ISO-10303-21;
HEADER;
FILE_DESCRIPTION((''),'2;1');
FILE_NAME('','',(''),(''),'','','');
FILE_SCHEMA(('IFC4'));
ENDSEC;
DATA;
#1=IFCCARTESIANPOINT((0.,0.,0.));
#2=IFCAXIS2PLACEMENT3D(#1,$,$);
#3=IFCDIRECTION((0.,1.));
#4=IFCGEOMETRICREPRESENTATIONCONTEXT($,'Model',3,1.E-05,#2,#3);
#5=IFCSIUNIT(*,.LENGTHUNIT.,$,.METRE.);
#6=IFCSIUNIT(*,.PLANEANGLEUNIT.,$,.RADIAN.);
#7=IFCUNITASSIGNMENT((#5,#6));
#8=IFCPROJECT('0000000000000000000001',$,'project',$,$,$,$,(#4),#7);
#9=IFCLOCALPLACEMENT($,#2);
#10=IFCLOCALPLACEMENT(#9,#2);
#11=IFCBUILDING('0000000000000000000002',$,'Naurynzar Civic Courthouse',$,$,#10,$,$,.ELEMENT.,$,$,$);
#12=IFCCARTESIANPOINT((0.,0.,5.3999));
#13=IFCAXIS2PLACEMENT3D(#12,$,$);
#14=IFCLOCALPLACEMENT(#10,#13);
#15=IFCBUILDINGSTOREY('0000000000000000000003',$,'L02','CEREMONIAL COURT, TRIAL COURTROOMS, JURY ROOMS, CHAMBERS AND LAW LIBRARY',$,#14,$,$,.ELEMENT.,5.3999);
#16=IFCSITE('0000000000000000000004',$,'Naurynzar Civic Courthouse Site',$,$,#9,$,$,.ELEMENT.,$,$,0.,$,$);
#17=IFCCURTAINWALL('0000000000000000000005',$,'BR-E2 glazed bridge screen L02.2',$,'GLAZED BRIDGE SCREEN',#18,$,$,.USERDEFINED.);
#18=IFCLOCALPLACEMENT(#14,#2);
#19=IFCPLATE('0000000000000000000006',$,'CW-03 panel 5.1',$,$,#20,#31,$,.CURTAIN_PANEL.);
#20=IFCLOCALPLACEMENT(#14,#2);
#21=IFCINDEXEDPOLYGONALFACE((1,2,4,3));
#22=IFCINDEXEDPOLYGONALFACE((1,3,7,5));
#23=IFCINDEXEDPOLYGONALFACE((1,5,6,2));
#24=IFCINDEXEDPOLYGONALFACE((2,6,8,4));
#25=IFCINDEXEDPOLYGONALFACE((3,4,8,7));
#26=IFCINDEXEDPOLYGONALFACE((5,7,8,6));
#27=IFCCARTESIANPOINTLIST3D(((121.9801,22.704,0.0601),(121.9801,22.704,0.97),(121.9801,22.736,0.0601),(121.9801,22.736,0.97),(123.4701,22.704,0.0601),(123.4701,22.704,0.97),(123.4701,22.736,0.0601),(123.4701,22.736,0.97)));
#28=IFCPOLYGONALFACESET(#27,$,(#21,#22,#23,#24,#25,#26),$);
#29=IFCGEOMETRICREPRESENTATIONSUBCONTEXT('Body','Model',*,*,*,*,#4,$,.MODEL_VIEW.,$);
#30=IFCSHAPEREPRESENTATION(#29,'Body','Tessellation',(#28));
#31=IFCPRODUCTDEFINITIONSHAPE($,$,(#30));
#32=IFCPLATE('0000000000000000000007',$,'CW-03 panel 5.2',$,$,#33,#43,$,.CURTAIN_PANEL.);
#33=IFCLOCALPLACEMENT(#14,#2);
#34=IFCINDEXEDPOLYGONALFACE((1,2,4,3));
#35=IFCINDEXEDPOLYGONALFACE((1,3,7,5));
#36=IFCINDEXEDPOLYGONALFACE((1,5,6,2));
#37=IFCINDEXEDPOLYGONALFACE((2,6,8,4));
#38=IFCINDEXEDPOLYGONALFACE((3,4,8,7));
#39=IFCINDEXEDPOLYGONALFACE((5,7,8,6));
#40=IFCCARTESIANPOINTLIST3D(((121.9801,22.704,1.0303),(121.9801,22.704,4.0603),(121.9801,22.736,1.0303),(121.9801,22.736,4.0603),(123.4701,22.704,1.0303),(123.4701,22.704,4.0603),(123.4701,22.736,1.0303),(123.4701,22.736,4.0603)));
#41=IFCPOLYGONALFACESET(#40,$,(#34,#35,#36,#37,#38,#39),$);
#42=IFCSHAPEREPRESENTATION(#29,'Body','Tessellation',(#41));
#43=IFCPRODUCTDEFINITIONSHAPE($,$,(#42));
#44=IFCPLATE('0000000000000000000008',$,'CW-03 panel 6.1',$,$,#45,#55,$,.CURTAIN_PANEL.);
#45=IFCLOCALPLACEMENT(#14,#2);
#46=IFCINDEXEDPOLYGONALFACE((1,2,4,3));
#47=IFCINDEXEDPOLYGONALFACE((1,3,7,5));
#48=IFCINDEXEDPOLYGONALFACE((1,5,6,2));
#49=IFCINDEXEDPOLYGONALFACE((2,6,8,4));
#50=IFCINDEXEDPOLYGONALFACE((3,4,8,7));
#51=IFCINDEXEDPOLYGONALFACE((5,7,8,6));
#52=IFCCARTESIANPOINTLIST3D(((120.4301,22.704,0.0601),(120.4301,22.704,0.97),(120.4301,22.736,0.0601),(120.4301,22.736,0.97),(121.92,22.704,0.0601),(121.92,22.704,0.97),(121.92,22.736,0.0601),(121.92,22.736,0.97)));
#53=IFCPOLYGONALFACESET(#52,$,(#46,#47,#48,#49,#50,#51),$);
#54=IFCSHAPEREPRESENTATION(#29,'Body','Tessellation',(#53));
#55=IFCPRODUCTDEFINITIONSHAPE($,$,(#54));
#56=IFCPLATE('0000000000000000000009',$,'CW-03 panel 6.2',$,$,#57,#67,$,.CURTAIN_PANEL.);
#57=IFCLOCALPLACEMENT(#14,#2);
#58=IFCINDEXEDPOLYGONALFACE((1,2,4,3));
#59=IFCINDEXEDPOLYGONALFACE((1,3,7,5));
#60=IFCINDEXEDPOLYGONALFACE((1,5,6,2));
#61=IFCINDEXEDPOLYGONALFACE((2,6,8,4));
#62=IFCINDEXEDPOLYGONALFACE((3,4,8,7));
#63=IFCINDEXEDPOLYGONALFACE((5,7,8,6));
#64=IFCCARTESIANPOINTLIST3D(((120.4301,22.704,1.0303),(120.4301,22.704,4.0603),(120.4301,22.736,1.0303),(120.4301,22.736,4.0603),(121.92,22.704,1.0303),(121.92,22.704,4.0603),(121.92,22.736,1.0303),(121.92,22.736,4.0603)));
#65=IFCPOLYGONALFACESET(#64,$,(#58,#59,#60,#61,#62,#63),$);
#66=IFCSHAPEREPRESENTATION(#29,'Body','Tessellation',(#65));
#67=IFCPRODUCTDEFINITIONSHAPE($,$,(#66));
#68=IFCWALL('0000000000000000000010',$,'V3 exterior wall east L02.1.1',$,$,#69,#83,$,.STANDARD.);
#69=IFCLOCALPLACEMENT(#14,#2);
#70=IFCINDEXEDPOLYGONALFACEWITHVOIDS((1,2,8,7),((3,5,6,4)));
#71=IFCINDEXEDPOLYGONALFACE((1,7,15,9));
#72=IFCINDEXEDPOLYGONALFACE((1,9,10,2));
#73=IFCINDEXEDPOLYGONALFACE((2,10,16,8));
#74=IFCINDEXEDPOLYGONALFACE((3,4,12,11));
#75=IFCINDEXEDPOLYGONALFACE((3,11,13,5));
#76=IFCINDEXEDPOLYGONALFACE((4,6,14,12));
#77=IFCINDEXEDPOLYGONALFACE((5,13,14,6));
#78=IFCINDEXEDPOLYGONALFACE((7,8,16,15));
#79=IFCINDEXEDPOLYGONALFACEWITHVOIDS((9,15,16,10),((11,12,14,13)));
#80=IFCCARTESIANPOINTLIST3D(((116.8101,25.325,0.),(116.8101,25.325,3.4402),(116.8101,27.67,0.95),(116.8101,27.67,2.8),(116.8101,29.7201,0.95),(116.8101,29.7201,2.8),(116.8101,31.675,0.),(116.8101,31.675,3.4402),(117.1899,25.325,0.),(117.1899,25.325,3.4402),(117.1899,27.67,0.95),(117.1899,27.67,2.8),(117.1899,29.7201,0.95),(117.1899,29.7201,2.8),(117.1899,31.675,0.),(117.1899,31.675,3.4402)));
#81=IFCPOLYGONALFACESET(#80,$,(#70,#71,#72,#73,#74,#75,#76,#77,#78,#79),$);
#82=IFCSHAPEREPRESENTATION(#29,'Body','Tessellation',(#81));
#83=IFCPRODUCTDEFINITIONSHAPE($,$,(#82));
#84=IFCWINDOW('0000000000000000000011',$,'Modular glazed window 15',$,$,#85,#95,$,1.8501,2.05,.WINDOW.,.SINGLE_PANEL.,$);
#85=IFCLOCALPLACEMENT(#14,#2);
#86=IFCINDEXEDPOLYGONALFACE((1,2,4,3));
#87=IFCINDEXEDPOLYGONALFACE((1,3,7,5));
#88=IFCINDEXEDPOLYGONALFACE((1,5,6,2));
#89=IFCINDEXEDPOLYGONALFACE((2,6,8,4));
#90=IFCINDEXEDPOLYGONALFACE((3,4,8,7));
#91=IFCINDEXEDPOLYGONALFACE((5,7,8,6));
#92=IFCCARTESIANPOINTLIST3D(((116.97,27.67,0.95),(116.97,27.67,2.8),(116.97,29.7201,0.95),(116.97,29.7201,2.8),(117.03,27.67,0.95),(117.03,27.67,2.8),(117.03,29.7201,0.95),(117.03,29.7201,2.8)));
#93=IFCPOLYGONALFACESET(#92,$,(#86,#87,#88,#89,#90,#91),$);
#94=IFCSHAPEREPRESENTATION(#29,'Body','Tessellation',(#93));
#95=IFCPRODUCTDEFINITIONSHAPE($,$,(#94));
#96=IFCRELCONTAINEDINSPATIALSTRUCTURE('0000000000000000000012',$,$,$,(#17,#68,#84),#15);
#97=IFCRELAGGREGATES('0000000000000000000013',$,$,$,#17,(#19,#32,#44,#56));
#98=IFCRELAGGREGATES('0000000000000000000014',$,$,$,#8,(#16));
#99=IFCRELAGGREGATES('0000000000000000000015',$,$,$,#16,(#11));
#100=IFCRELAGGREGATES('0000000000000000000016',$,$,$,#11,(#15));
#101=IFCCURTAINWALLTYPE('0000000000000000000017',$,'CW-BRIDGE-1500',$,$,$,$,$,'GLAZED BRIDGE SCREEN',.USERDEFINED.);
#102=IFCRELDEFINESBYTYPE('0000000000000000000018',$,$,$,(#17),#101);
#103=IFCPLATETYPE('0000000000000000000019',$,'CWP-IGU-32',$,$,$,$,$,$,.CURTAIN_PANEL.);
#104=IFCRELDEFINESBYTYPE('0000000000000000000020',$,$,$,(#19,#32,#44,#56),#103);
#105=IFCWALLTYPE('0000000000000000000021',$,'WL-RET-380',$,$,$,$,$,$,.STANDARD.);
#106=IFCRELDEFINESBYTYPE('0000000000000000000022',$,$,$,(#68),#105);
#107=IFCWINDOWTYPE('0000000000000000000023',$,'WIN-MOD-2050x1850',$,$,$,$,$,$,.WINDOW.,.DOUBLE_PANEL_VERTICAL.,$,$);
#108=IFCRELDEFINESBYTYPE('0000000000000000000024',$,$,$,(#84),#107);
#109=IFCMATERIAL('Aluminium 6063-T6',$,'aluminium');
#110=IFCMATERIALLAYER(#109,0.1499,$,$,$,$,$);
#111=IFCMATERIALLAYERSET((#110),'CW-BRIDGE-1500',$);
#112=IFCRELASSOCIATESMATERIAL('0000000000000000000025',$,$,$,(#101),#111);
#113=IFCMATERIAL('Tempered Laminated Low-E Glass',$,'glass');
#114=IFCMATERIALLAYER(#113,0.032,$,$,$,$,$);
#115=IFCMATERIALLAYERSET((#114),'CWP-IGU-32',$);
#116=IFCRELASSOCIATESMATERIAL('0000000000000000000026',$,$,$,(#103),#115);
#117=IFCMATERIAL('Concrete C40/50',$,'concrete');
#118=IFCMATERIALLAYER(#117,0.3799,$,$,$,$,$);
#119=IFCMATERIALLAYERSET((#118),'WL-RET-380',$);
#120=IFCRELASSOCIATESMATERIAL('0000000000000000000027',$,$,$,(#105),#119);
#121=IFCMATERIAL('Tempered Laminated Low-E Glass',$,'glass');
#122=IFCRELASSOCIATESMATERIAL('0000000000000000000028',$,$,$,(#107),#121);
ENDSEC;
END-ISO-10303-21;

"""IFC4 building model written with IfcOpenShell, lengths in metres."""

from ifc_helpers import new_model, si_unit, direction, frame, frame_2d, origin, origin_2d, place, context, subcontext, project, spatial, rectangle, extrude, material, layer, layer_set, type_object, element, fill, aggregate, save


model = new_model("IFC4")

# Units and contexts
model_context = context("Model", 3, precision=1e-05, world=origin(), true_north=direction((0.0, 1.0)))
body_context = subcontext(model_context, "Body", "Model", "MODEL_VIEW")
ifc_project = project(units=[si_unit("LENGTHUNIT", "METRE"), si_unit("PLANEANGLEUNIT", "RADIAN")], contexts=[model_context])

# Site, building, storey
site_placement = place(None, origin())
site = spatial("IfcSite", under=ifc_project, at=site_placement, Name="Naurynzar Civic Courthouse Site", CompositionType="ELEMENT", RefElevation=0.0)
building_placement = place(site_placement, origin())
building = spatial("IfcBuilding", under=site, at=building_placement, Name="Naurynzar Civic Courthouse", CompositionType="ELEMENT")
storey_placement = place(building_placement, frame((0.0, 0.0, 5.3999)))
storey = spatial("IfcBuildingStorey", under=building, at=storey_placement, Name="L02", Description="CEREMONIAL COURT, TRIAL COURTROOMS, JURY ROOMS, CHAMBERS AND LAW LIBRARY", CompositionType="ELEMENT", Elevation=5.3999)

# Curtain wall, plates
ifc_material_1 = material(Name="Aluminium 6063-T6", Category="aluminium")
ifc_layer_1 = layer(ifc_material_1, 0.1499)
ifc_layer_set_1 = layer_set([ifc_layer_1], Name="CW-BRIDGE-1500")
curtain_wall_type = type_object("IfcCurtainWallType", Name="CW-BRIDGE-1500", ElementType="GLAZED BRIDGE SCREEN", PredefinedType="USERDEFINED", material=ifc_layer_set_1)
curtain_wall_placement = place(storey_placement, origin())
curtain_wall = element("IfcCurtainWall", 1, at=curtain_wall_placement, inside=storey, type_object=curtain_wall_type, Name="BR-E2 glazed bridge screen L02.2", ObjectType="GLAZED BRIDGE SCREEN", PredefinedType="USERDEFINED")
ifc_material_2 = material(Name="Tempered Laminated Low-E Glass", Category="glass")
ifc_layer_2 = layer(ifc_material_2, 0.032)
ifc_layer_set_2 = layer_set([ifc_layer_2], Name="CWP-IGU-32")
plate_type = type_object("IfcPlateType", Name="CWP-IGU-32", PredefinedType="CURTAIN_PANEL", material=ifc_layer_set_2)
plate_1_placement = place(storey_placement, frame((122.7251, 22.72, 0.0601), z_axis=(0.0, 0.0, 1.0), x_axis=(-1.0, 0.0, 0.0)))
plate_1 = element("IfcPlate", 2, at=plate_1_placement, type_object=plate_type, Name="CW-03 panel 5.1", PredefinedType="CURTAIN_PANEL", context=body_context, shape_type="SweptSolid", body=[
    extrude(rectangle(XDim=1.49, YDim=0.032, at=origin_2d()), origin(), (0.0, 0.0, 1.0), 0.9099),
])
plate_2_placement = place(storey_placement, frame((122.7251, 22.72, 1.0303), z_axis=(0.0, 0.0, 1.0), x_axis=(-1.0, 0.0, 0.0)))
plate_2 = element("IfcPlate", 3, at=plate_2_placement, type_object=plate_type, Name="CW-03 panel 5.2", PredefinedType="CURTAIN_PANEL", context=body_context, shape_type="SweptSolid", body=[
    extrude(rectangle(XDim=1.49, YDim=0.032, at=origin_2d()), origin(), (0.0, 0.0, 1.0), 3.03),
])
plate_3_placement = place(storey_placement, frame((121.175, 22.72, 0.0601), z_axis=(0.0, 0.0, 1.0), x_axis=(-1.0, 0.0, 0.0)))
plate_3 = element("IfcPlate", 4, at=plate_3_placement, type_object=plate_type, Name="CW-03 panel 6.1", PredefinedType="CURTAIN_PANEL", context=body_context, shape_type="SweptSolid", body=[
    extrude(rectangle(XDim=1.49, YDim=0.032, at=origin_2d()), origin(), (0.0, 0.0, 1.0), 0.9099),
])
plate_4_placement = place(storey_placement, frame((121.175, 22.72, 1.0303), z_axis=(0.0, 0.0, 1.0), x_axis=(-1.0, 0.0, 0.0)))
plate_4 = element("IfcPlate", 5, at=plate_4_placement, type_object=plate_type, Name="CW-03 panel 6.2", PredefinedType="CURTAIN_PANEL", context=body_context, shape_type="SweptSolid", body=[
    extrude(rectangle(XDim=1.49, YDim=0.032, at=origin_2d()), origin(), (0.0, 0.0, 1.0), 3.03),
])
aggregate(curtain_wall, [plate_1, plate_2, plate_3, plate_4])

# Wall, opening, window
ifc_material_3 = material(Name="Concrete C40/50", Category="concrete")
ifc_layer_3 = layer(ifc_material_3, 0.3799)
ifc_layer_set_3 = layer_set([ifc_layer_3], Name="WL-RET-380")
wall_type = type_object("IfcWallType", Name="WL-RET-380", PredefinedType="STANDARD", material=ifc_layer_set_3)
wall_placement = place(storey_placement, frame((117.0, 31.675, 0.0), z_axis=(0.0, 0.0, 1.0), x_axis=(0.0, -1.0, 0.0)))
wall = element("IfcWall", 6, at=wall_placement, inside=storey, type_object=wall_type, Name="V3 exterior wall east L02.1.1", PredefinedType="STANDARD", context=body_context, shape_type="SweptSolid", body=[
    extrude(rectangle(XDim=6.3501, YDim=0.3799, at=frame_2d((3.175, 0.0))), origin(), (0.0, 0.0, 1.0), 3.4402),
])
opening_placement = place(wall_placement, frame((1.9551, 0.0, 0.95)))
opening = element("IfcOpeningElement", 7, at=opening_placement, cuts=wall, PredefinedType="OPENING", context=body_context, shape_type="SweptSolid", body=[
    extrude(rectangle(XDim=2.05, YDim=1.8501, at=frame_2d((1.0249, 0.925))), frame((0.0, 0.2, 0.0), z_axis=(0.0, -1.0, 0.0), x_axis=(1.0, 0.0, 0.0)), (0.0, 0.0, 1.0), 0.3999),
])
ifc_material_4 = material(Name="Tempered Laminated Low-E Glass", Category="glass")
window_type = type_object("IfcWindowType", Name="WIN-MOD-2050x1850", PartitioningType="DOUBLE_PANEL_VERTICAL", PredefinedType="WINDOW", material=ifc_material_4)
window_placement = place(opening_placement, origin())
window = element("IfcWindow", 8, at=window_placement, inside=storey, type_object=window_type, Name="Modular glazed window 15", OverallHeight=1.8501, OverallWidth=2.05, PartitioningType="SINGLE_PANEL", PredefinedType="WINDOW", context=body_context, shape_type="SweptSolid", body=[
    extrude(rectangle(XDim=2.05, YDim=1.8501, at=frame_2d((1.0249, 0.925))), frame((0.0, 0.03, 0.0), z_axis=(0.0, -1.0, 0.0), x_axis=(1.0, 0.0, 0.0)), (0.0, 0.0, 1.0), 0.0601),
])
fill(opening, window)

save(model, "model.ifc")
